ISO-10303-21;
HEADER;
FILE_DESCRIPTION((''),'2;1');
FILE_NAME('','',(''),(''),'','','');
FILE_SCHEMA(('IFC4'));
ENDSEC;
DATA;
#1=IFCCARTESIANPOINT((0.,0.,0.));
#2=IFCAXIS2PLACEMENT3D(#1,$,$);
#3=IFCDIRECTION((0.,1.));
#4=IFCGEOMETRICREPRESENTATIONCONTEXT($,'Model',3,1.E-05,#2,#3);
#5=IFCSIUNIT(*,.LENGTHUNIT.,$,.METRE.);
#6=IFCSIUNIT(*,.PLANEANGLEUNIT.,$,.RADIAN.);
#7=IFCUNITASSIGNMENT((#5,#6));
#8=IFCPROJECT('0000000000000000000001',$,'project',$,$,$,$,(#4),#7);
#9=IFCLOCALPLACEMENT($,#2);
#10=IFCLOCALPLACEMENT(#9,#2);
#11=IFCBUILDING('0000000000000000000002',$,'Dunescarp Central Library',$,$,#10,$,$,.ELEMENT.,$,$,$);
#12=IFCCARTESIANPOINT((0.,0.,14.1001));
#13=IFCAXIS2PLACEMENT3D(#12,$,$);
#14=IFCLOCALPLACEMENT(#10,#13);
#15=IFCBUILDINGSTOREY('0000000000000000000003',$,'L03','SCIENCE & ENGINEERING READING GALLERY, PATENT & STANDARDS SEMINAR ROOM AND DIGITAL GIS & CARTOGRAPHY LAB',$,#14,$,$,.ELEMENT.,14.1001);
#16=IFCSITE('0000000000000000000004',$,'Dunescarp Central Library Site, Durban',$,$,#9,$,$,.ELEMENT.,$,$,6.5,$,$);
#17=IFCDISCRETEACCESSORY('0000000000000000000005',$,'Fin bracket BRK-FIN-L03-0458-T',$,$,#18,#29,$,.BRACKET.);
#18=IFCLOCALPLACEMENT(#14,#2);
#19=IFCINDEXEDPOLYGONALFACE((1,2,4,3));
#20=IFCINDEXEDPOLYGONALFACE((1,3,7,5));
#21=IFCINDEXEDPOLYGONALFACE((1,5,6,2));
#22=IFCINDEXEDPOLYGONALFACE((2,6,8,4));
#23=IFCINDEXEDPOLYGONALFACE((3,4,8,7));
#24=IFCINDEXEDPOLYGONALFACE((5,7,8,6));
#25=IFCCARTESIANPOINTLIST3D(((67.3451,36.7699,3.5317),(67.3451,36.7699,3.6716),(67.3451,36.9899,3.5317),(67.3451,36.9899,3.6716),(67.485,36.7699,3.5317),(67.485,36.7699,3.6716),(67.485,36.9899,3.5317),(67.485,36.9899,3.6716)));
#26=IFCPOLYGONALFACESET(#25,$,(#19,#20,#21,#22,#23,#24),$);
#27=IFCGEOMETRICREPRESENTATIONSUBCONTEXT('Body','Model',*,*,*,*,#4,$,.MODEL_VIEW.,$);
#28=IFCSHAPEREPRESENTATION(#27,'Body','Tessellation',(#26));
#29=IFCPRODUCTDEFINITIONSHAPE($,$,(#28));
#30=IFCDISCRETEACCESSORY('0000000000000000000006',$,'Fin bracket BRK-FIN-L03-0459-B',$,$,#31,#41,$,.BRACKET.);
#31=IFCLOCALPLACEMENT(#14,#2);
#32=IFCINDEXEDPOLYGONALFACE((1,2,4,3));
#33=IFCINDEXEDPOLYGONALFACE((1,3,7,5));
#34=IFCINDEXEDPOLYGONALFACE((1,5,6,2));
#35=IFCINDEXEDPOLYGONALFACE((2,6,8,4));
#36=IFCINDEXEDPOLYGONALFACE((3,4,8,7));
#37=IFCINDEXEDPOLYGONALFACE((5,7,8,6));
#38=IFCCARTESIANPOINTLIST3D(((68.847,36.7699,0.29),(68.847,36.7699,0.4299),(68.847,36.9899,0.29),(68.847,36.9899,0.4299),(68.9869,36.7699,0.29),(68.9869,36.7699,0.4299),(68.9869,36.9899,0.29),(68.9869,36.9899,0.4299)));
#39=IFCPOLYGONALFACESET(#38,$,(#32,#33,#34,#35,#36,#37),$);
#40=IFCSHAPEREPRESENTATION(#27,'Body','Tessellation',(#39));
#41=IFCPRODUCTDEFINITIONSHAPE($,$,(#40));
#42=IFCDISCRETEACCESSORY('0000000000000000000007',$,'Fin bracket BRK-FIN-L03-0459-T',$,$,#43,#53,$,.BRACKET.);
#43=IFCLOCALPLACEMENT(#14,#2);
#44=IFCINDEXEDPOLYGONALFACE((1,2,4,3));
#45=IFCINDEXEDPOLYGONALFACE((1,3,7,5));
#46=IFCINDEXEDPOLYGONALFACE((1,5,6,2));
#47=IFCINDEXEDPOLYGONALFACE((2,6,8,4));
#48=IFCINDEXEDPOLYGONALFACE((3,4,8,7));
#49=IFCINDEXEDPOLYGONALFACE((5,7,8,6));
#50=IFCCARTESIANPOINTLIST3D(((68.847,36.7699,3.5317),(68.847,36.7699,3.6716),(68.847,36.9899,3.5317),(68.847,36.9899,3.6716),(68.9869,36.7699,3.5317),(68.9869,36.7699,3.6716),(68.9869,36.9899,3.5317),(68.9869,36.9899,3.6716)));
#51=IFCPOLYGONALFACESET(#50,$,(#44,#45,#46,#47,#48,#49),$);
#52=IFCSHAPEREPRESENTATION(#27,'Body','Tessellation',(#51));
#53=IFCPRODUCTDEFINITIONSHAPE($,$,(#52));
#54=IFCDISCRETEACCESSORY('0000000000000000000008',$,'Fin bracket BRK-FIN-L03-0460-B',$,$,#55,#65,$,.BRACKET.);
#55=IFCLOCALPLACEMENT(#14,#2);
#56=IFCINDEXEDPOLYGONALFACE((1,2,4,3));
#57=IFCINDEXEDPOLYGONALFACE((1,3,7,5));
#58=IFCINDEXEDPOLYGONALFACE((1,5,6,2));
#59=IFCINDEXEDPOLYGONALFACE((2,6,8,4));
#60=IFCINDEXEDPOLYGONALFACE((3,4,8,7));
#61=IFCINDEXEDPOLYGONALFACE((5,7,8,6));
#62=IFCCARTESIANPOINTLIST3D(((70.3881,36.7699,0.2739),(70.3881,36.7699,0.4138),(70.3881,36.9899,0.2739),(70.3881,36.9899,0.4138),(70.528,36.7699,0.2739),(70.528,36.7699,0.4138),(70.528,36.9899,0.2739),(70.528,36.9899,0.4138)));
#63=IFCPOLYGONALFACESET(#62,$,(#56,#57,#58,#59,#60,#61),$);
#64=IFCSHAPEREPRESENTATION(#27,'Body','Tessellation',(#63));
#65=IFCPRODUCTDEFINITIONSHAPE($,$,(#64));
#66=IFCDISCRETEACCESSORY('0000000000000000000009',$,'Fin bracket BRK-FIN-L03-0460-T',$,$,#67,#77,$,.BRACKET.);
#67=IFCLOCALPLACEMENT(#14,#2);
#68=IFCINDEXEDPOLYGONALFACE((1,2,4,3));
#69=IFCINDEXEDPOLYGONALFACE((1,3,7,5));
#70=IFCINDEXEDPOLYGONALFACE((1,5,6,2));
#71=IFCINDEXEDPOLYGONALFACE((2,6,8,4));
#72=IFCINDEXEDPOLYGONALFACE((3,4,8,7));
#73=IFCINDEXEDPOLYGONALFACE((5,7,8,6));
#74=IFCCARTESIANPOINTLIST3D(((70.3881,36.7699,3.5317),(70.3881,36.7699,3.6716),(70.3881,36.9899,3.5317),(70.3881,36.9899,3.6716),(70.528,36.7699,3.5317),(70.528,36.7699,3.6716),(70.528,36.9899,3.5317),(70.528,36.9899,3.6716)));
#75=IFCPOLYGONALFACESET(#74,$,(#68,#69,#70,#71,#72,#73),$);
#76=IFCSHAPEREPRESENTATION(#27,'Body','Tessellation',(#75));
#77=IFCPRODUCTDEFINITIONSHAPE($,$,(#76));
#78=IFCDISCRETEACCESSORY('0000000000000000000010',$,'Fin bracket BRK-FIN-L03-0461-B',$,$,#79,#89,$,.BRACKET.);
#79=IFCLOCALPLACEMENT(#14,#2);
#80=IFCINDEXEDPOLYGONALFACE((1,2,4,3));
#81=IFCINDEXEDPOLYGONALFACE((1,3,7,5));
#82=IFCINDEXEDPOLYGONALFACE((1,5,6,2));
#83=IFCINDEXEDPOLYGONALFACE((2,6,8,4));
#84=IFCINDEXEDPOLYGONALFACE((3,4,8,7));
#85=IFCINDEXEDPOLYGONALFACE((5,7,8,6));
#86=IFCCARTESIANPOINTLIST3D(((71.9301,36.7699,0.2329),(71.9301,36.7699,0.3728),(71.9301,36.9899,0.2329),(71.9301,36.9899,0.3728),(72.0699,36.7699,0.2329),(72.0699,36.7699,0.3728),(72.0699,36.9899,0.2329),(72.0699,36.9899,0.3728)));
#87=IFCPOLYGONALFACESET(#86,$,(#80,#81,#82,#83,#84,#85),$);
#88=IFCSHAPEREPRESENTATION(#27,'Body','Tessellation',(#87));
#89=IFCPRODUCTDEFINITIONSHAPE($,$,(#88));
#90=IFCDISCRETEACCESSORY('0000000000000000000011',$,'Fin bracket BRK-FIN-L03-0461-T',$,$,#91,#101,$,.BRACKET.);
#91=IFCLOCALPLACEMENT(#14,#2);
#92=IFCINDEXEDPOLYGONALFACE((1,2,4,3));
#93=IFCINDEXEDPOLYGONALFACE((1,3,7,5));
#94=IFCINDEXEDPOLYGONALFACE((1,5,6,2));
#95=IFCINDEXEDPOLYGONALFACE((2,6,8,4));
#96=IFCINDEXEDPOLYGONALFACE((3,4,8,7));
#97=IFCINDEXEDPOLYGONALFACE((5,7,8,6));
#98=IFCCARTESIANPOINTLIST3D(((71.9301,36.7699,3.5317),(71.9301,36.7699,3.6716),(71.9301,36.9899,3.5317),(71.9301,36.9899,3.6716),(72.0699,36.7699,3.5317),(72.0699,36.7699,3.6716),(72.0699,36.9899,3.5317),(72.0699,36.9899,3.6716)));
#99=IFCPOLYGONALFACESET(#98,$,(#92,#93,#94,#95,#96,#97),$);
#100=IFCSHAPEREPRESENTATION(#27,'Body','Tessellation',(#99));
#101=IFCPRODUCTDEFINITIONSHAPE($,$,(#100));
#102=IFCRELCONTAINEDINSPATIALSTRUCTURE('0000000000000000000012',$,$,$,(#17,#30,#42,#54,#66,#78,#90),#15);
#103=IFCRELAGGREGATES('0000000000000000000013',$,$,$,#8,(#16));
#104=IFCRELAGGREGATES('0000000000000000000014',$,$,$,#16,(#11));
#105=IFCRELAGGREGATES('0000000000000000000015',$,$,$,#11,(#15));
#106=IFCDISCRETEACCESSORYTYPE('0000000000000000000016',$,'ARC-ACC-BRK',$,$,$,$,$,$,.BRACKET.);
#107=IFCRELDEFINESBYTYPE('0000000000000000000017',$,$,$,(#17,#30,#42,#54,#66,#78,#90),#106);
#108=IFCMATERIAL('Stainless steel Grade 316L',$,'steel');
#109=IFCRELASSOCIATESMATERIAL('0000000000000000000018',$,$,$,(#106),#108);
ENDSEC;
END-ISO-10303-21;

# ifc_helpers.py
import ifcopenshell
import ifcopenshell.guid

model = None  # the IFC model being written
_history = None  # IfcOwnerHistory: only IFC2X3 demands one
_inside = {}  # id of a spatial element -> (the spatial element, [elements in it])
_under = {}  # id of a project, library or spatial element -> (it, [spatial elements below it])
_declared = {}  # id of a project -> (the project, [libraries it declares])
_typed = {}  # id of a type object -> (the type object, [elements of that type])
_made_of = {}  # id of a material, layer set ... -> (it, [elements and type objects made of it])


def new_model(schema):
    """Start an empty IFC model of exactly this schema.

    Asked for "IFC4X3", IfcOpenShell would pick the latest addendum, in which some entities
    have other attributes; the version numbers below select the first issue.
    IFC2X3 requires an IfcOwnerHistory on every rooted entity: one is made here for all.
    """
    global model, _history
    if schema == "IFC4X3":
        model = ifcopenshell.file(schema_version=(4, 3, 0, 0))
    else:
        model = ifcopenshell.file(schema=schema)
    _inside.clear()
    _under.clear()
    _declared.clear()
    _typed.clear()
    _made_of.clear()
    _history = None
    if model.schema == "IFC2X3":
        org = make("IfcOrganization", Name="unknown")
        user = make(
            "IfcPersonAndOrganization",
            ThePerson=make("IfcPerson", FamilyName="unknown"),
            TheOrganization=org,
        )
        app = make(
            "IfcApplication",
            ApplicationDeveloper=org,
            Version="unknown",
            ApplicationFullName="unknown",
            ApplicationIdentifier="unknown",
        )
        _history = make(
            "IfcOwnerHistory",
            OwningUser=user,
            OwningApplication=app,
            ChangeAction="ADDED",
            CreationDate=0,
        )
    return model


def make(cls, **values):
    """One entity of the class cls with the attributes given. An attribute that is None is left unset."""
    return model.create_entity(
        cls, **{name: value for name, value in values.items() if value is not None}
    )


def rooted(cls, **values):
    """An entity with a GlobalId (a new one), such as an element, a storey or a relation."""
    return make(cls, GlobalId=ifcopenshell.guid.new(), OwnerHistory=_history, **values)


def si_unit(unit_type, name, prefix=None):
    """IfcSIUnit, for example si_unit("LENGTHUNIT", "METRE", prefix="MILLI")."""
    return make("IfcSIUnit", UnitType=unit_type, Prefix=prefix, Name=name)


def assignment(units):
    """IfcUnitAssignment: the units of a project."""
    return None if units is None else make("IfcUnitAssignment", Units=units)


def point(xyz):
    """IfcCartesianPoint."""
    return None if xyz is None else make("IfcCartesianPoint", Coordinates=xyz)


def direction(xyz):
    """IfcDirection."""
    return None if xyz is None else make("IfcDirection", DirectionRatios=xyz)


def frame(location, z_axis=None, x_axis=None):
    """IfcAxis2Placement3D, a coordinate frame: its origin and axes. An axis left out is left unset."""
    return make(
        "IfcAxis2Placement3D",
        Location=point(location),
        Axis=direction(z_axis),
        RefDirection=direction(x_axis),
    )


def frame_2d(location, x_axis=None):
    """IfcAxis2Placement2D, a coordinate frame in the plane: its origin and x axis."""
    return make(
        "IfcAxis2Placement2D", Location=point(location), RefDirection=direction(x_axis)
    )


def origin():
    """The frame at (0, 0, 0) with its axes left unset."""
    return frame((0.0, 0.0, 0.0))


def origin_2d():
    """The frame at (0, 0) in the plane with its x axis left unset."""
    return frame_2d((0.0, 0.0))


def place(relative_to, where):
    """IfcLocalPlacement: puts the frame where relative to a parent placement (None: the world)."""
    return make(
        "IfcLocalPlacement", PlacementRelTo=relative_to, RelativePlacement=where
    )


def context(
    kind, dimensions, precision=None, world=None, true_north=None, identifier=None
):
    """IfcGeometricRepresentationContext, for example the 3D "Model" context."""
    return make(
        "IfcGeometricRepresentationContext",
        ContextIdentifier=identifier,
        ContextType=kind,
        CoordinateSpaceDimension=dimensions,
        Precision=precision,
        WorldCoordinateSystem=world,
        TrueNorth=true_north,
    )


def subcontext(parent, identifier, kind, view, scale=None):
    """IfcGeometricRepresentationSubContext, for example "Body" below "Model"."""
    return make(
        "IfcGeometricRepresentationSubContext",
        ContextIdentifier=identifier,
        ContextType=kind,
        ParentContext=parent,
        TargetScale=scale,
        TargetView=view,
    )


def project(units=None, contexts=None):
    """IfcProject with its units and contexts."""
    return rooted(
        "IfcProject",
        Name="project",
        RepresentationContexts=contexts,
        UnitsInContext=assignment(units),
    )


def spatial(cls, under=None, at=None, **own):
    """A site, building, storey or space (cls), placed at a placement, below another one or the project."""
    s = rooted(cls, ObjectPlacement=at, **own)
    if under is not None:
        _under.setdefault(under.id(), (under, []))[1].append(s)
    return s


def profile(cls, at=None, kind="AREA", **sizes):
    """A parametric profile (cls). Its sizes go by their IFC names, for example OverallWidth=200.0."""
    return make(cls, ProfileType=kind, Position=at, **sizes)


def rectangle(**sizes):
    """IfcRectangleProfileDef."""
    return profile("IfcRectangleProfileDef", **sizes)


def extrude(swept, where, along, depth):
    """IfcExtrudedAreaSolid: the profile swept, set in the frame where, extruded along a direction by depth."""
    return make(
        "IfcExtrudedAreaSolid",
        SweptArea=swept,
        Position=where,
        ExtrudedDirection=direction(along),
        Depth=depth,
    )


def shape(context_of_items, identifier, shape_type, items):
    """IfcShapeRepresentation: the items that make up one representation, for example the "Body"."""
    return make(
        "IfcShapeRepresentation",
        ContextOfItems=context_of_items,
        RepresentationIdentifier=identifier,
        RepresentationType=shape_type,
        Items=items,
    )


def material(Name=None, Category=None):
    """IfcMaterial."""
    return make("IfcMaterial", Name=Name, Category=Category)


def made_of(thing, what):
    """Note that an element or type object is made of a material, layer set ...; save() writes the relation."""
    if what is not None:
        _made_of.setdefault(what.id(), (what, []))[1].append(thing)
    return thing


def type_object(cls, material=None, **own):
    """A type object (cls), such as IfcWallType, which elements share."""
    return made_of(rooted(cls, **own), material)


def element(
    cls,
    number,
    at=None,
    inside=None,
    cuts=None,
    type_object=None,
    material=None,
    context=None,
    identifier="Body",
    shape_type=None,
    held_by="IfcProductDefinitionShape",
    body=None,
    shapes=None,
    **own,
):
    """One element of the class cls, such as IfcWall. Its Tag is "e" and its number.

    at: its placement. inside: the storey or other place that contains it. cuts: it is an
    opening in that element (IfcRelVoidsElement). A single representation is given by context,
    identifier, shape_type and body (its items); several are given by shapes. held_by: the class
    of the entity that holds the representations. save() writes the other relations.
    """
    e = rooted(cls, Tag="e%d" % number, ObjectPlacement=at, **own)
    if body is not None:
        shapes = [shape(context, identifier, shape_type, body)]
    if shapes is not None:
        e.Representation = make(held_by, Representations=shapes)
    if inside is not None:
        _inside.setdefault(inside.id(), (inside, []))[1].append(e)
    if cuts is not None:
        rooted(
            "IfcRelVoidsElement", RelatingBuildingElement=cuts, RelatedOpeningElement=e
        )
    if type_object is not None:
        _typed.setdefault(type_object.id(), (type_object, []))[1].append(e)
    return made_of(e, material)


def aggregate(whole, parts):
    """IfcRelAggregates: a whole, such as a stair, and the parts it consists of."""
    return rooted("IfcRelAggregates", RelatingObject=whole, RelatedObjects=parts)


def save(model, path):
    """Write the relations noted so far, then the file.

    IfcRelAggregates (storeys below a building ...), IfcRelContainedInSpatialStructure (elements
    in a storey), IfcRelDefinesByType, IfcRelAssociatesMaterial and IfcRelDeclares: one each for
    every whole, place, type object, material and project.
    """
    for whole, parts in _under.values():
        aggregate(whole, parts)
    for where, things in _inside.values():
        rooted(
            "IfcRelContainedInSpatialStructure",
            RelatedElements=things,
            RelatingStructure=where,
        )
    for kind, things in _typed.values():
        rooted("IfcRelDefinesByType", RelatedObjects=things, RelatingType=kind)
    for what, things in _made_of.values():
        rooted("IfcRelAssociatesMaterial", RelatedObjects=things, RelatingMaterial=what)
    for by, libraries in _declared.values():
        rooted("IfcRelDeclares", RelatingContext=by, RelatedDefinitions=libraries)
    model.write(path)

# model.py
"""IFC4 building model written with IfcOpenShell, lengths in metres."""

from ifc_helpers import new_model, si_unit, direction, frame, origin, origin_2d, place, context, subcontext, project, spatial, rectangle, extrude, material, type_object, element, save


model = new_model("IFC4")

# Units and contexts
model_context = context("Model", 3, precision=1e-05, world=origin(), true_north=direction((0.0, 1.0)))
body_context = subcontext(model_context, "Body", "Model", "MODEL_VIEW")
ifc_project = project(units=[si_unit("LENGTHUNIT", "METRE"), si_unit("PLANEANGLEUNIT", "RADIAN")], contexts=[model_context])

# Site, building, storey
site_placement = place(None, origin())
site = spatial("IfcSite", under=ifc_project, at=site_placement, Name="Dunescarp Central Library Site, Durban", CompositionType="ELEMENT", RefElevation=6.5)
building_placement = place(site_placement, origin())
building = spatial("IfcBuilding", under=site, at=building_placement, Name="Dunescarp Central Library", CompositionType="ELEMENT")
storey_placement = place(building_placement, frame((0.0, 0.0, 14.1001)))
storey = spatial("IfcBuildingStorey", under=building, at=storey_placement, Name="L03", Description="SCIENCE & ENGINEERING READING GALLERY, PATENT & STANDARDS SEMINAR ROOM AND DIGITAL GIS & CARTOGRAPHY LAB", CompositionType="ELEMENT", Elevation=14.1001)

# Discrete accessories
ifc_material_1 = material(Name="Stainless steel Grade 316L", Category="steel")
discrete_accessory_type = type_object("IfcDiscreteAccessoryType", Name="ARC-ACC-BRK", PredefinedType="BRACKET", material=ifc_material_1)
for number, where, z_axis, x_axis, name in (
    (1, (67.415, 36.8799, 3.5317), (0.0, 0.0, 1.0), (0.0, 1.0, 0.0), "Fin bracket BRK-FIN-L03-0458-T"),
    (2, (68.917, 36.8799, 0.29), (0.0, 0.0, 1.0), (0.0, 1.0, 0.0), "Fin bracket BRK-FIN-L03-0459-B"),
    (3, (68.917, 36.8799, 3.5317), (0.0, 0.0, 1.0), (0.0, 1.0, 0.0), "Fin bracket BRK-FIN-L03-0459-T"),
    (4, (70.458, 36.8799, 0.2739), (0.0, 0.0, 1.0), (0.0, 1.0, 0.0), "Fin bracket BRK-FIN-L03-0460-B"),
    (5, (70.458, 36.8799, 3.5317), (0.0, 0.0, 1.0), (0.0, 1.0, 0.0), "Fin bracket BRK-FIN-L03-0460-T"),
    (6, (72.0, 36.8799, 0.2329), (0.0, 0.0, 1.0), (0.0, 1.0, 0.0), "Fin bracket BRK-FIN-L03-0461-B"),
    (7, (72.0, 36.8799, 3.5317), (0.0, 0.0, 1.0), (0.0, 1.0, 0.0), "Fin bracket BRK-FIN-L03-0461-T"),
):
    element("IfcDiscreteAccessory", number, at=place(storey_placement, frame(where, z_axis=z_axis, x_axis=x_axis)), inside=storey, type_object=discrete_accessory_type, Name=name, PredefinedType="BRACKET", context=body_context, shape_type="SweptSolid", body=[
        extrude(rectangle(XDim=0.22, YDim=0.1399, at=origin_2d()), origin(), (0.0, 0.0, 1.0), 0.1399),
    ])

save(model, "model.ifc")
